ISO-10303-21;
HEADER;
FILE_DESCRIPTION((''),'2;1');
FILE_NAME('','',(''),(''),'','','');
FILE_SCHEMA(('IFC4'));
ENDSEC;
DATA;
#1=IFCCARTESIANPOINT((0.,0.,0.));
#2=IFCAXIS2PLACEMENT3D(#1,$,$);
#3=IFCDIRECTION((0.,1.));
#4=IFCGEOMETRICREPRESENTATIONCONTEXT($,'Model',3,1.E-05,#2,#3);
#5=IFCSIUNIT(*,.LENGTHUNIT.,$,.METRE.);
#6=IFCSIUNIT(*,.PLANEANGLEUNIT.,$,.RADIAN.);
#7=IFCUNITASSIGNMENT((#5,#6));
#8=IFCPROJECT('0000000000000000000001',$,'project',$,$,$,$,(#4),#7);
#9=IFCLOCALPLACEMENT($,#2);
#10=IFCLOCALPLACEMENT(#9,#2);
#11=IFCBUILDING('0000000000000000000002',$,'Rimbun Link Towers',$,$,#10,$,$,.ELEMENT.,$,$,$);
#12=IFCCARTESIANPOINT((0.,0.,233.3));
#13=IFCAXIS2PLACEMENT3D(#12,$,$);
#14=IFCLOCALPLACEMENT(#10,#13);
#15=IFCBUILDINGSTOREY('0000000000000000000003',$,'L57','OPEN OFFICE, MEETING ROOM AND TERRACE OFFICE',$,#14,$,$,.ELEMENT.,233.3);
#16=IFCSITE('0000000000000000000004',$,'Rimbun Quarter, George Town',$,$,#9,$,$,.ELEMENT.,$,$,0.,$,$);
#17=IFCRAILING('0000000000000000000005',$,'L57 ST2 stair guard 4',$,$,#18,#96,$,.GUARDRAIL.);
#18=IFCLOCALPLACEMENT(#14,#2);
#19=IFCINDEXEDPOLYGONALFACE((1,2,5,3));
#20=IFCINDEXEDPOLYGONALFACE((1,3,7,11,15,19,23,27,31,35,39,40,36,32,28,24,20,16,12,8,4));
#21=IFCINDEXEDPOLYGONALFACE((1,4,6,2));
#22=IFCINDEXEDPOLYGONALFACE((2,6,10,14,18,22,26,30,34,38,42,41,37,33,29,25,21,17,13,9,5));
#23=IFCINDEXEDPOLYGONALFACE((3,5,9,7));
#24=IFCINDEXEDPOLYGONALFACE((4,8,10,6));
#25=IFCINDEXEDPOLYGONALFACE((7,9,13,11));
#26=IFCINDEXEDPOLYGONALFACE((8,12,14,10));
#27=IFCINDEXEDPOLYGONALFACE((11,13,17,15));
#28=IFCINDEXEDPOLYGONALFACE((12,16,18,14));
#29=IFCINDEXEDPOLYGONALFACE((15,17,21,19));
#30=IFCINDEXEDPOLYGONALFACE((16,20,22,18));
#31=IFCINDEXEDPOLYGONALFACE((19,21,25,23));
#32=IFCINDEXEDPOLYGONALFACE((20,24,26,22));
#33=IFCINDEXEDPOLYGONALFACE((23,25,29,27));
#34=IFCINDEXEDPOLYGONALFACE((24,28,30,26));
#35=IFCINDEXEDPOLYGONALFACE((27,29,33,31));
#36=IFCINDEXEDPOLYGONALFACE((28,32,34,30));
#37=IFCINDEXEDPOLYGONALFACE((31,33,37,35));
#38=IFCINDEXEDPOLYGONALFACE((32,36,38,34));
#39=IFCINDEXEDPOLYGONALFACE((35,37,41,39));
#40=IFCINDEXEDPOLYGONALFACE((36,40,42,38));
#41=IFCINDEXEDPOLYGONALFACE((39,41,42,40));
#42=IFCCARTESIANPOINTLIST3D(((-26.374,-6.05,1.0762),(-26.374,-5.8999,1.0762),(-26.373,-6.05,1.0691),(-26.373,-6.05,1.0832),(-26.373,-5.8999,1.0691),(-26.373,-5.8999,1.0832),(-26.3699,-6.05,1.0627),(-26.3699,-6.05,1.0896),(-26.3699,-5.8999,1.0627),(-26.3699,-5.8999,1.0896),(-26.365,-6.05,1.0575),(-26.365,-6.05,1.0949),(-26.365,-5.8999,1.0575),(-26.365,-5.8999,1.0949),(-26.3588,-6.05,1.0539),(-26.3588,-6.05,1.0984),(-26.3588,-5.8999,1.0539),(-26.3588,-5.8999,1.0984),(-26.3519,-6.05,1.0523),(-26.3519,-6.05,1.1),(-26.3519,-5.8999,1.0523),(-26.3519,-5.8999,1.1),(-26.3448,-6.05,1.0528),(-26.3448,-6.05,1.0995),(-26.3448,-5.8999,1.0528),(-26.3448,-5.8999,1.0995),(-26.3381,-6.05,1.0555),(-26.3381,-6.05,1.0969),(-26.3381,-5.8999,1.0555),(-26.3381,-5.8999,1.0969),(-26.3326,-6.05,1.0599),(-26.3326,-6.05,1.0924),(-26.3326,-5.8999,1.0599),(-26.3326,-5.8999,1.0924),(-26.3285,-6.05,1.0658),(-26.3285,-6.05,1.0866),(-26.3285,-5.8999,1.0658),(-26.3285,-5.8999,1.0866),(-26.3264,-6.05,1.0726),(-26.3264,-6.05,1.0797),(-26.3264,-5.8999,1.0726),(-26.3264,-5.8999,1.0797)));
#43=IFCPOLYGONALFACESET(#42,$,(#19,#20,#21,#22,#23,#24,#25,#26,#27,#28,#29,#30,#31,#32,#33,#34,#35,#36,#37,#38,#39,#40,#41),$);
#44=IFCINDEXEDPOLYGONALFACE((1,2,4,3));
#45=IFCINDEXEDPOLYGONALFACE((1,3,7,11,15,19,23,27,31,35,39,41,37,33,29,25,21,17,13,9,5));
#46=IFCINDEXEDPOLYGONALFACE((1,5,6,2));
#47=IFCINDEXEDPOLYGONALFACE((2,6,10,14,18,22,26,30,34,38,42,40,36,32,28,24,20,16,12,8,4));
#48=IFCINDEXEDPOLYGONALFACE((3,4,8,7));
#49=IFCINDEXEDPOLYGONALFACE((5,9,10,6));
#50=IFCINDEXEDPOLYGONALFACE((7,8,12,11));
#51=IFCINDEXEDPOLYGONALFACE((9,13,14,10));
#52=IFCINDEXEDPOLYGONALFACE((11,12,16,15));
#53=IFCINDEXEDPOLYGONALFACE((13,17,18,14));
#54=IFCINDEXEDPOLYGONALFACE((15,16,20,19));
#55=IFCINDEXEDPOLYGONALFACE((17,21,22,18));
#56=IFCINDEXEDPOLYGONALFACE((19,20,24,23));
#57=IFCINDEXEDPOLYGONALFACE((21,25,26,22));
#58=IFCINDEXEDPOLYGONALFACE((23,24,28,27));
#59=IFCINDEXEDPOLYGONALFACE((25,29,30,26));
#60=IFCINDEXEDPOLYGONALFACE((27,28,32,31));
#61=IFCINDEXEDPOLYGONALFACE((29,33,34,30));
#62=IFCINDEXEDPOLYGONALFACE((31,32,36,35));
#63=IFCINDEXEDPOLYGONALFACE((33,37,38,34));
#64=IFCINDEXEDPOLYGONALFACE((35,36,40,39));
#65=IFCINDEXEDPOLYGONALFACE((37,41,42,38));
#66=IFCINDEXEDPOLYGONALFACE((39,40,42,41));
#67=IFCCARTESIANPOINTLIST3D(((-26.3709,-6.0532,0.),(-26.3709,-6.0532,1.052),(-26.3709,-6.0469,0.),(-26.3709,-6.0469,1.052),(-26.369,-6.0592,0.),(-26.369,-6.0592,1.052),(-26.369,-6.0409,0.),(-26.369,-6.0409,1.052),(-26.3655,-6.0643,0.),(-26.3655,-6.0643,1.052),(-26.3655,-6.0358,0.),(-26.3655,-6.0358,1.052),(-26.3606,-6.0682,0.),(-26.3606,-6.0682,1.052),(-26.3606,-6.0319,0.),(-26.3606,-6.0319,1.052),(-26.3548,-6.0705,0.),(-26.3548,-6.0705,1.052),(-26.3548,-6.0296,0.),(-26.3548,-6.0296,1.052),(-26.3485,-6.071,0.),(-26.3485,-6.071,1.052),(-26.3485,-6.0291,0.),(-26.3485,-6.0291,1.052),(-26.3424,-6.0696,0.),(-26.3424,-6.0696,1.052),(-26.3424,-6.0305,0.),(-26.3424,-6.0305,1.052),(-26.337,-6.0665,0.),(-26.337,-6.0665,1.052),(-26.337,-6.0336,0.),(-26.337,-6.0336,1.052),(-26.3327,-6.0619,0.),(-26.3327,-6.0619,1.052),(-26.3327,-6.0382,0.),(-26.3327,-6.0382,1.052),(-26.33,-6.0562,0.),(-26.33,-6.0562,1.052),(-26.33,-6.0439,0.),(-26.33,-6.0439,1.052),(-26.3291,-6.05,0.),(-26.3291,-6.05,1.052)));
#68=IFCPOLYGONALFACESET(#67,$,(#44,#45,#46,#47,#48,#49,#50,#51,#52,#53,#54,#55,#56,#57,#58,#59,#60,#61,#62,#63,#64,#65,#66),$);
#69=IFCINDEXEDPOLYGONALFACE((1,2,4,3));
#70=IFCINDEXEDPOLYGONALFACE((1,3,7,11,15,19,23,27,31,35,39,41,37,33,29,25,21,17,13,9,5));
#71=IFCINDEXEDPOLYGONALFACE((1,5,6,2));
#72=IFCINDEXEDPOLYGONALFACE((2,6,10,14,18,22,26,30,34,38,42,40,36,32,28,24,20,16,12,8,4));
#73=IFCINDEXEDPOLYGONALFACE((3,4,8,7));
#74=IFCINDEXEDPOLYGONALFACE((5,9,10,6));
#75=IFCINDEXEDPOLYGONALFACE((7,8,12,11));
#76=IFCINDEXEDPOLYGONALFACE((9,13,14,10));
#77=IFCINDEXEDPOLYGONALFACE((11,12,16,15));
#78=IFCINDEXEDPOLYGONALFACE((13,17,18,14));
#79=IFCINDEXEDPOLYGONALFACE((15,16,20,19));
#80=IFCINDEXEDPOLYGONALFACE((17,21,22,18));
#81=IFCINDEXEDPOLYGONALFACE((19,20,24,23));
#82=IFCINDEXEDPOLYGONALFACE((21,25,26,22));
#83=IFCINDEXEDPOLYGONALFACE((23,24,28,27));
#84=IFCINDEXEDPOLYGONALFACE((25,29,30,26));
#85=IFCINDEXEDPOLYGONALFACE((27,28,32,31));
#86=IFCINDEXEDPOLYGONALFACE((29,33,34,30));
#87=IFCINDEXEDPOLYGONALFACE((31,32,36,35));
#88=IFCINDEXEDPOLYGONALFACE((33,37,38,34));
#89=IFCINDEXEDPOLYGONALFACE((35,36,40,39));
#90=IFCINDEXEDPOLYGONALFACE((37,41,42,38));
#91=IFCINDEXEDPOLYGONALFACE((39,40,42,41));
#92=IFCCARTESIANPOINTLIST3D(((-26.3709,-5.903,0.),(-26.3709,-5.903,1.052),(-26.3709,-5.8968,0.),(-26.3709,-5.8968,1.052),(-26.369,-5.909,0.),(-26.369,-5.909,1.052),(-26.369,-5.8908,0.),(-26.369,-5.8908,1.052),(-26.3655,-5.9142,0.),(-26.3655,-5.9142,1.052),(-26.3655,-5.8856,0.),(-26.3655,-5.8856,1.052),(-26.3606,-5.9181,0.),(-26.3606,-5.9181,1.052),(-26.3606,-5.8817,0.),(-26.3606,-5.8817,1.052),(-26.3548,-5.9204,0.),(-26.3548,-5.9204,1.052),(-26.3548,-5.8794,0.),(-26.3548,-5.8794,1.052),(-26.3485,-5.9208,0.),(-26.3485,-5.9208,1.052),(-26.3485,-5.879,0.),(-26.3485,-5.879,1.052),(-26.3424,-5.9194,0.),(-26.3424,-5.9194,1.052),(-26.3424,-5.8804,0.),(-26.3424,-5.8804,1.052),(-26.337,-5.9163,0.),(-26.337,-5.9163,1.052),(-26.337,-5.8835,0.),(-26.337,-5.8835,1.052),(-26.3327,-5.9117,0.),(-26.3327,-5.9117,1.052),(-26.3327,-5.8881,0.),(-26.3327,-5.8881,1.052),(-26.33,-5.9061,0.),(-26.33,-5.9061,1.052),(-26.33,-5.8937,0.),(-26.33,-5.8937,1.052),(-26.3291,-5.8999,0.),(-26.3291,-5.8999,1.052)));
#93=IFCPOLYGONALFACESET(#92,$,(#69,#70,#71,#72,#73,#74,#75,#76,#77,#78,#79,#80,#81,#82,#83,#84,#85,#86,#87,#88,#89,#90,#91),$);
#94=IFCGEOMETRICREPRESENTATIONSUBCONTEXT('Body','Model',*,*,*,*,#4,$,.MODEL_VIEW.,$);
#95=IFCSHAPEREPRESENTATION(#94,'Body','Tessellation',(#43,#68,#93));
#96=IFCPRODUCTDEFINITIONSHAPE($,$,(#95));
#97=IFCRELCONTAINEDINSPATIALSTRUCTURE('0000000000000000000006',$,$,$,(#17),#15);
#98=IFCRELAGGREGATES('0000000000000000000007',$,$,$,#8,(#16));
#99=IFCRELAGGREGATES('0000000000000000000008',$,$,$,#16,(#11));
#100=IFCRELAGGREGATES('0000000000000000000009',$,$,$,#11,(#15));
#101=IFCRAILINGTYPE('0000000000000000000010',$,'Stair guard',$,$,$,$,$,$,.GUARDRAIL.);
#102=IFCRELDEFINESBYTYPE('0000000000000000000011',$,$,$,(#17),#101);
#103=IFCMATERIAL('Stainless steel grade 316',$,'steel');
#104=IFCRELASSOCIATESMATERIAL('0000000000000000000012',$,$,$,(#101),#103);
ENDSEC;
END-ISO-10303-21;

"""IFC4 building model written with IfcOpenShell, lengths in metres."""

from ifc_helpers import new_model, si_unit, direction, frame, origin, origin_2d, place, context, subcontext, project, spatial, circle, extrude, material, type_object, element, save


model = new_model("IFC4")

# Units and contexts
model_context = context("Model", 3, precision=1e-05, world=origin(), true_north=direction((0.0, 1.0)))
body_context = subcontext(model_context, "Body", "Model", "MODEL_VIEW")
ifc_project = project(units=[si_unit("LENGTHUNIT", "METRE"), si_unit("PLANEANGLEUNIT", "RADIAN")], contexts=[model_context])

# Site, building, storey
site_placement = place(None, origin())
site = spatial("IfcSite", under=ifc_project, at=site_placement, Name="Rimbun Quarter, George Town", CompositionType="ELEMENT", RefElevation=0.0)
building_placement = place(site_placement, origin())
building = spatial("IfcBuilding", under=site, at=building_placement, Name="Rimbun Link Towers", CompositionType="ELEMENT")
storey_placement = place(building_placement, frame((0.0, 0.0, 233.3)))
storey = spatial("IfcBuildingStorey", under=building, at=storey_placement, Name="L57", Description="OPEN OFFICE, MEETING ROOM AND TERRACE OFFICE", CompositionType="ELEMENT", Elevation=233.3)

# Railing
ifc_material_1 = material(Name="Stainless steel grade 316", Category="steel")
railing_type_1 = type_object("IfcRailingType", Name="Stair guard", PredefinedType="GUARDRAIL", material=ifc_material_1)
railing_1_placement = place(storey_placement, frame((-26.3501, -6.05, 0.0)))
element("IfcRailing", 1, at=railing_1_placement, inside=storey, type_object=railing_type_1, Name="L57 ST2 stair guard 4", PredefinedType="GUARDRAIL", context=body_context, shape_type="SweptSolid", body=[
    extrude(circle(Radius=0.0239, at=origin_2d()), frame((0.0, 0.0, 1.0762), z_axis=(0.0, 1.0, 0.0), x_axis=(-1.0, 0.0, 0.0)), (0.0, 0.0, 1.0), 0.1501),
    extrude(circle(Radius=0.021, at=origin_2d()), origin(), (0.0, 0.0, 1.0), 1.052),
    extrude(circle(Radius=0.021, at=origin_2d()), frame((0.0, 0.1501, 0.0)), (0.0, 0.0, 1.0), 1.052),
])

save(model, "model.ifc")
